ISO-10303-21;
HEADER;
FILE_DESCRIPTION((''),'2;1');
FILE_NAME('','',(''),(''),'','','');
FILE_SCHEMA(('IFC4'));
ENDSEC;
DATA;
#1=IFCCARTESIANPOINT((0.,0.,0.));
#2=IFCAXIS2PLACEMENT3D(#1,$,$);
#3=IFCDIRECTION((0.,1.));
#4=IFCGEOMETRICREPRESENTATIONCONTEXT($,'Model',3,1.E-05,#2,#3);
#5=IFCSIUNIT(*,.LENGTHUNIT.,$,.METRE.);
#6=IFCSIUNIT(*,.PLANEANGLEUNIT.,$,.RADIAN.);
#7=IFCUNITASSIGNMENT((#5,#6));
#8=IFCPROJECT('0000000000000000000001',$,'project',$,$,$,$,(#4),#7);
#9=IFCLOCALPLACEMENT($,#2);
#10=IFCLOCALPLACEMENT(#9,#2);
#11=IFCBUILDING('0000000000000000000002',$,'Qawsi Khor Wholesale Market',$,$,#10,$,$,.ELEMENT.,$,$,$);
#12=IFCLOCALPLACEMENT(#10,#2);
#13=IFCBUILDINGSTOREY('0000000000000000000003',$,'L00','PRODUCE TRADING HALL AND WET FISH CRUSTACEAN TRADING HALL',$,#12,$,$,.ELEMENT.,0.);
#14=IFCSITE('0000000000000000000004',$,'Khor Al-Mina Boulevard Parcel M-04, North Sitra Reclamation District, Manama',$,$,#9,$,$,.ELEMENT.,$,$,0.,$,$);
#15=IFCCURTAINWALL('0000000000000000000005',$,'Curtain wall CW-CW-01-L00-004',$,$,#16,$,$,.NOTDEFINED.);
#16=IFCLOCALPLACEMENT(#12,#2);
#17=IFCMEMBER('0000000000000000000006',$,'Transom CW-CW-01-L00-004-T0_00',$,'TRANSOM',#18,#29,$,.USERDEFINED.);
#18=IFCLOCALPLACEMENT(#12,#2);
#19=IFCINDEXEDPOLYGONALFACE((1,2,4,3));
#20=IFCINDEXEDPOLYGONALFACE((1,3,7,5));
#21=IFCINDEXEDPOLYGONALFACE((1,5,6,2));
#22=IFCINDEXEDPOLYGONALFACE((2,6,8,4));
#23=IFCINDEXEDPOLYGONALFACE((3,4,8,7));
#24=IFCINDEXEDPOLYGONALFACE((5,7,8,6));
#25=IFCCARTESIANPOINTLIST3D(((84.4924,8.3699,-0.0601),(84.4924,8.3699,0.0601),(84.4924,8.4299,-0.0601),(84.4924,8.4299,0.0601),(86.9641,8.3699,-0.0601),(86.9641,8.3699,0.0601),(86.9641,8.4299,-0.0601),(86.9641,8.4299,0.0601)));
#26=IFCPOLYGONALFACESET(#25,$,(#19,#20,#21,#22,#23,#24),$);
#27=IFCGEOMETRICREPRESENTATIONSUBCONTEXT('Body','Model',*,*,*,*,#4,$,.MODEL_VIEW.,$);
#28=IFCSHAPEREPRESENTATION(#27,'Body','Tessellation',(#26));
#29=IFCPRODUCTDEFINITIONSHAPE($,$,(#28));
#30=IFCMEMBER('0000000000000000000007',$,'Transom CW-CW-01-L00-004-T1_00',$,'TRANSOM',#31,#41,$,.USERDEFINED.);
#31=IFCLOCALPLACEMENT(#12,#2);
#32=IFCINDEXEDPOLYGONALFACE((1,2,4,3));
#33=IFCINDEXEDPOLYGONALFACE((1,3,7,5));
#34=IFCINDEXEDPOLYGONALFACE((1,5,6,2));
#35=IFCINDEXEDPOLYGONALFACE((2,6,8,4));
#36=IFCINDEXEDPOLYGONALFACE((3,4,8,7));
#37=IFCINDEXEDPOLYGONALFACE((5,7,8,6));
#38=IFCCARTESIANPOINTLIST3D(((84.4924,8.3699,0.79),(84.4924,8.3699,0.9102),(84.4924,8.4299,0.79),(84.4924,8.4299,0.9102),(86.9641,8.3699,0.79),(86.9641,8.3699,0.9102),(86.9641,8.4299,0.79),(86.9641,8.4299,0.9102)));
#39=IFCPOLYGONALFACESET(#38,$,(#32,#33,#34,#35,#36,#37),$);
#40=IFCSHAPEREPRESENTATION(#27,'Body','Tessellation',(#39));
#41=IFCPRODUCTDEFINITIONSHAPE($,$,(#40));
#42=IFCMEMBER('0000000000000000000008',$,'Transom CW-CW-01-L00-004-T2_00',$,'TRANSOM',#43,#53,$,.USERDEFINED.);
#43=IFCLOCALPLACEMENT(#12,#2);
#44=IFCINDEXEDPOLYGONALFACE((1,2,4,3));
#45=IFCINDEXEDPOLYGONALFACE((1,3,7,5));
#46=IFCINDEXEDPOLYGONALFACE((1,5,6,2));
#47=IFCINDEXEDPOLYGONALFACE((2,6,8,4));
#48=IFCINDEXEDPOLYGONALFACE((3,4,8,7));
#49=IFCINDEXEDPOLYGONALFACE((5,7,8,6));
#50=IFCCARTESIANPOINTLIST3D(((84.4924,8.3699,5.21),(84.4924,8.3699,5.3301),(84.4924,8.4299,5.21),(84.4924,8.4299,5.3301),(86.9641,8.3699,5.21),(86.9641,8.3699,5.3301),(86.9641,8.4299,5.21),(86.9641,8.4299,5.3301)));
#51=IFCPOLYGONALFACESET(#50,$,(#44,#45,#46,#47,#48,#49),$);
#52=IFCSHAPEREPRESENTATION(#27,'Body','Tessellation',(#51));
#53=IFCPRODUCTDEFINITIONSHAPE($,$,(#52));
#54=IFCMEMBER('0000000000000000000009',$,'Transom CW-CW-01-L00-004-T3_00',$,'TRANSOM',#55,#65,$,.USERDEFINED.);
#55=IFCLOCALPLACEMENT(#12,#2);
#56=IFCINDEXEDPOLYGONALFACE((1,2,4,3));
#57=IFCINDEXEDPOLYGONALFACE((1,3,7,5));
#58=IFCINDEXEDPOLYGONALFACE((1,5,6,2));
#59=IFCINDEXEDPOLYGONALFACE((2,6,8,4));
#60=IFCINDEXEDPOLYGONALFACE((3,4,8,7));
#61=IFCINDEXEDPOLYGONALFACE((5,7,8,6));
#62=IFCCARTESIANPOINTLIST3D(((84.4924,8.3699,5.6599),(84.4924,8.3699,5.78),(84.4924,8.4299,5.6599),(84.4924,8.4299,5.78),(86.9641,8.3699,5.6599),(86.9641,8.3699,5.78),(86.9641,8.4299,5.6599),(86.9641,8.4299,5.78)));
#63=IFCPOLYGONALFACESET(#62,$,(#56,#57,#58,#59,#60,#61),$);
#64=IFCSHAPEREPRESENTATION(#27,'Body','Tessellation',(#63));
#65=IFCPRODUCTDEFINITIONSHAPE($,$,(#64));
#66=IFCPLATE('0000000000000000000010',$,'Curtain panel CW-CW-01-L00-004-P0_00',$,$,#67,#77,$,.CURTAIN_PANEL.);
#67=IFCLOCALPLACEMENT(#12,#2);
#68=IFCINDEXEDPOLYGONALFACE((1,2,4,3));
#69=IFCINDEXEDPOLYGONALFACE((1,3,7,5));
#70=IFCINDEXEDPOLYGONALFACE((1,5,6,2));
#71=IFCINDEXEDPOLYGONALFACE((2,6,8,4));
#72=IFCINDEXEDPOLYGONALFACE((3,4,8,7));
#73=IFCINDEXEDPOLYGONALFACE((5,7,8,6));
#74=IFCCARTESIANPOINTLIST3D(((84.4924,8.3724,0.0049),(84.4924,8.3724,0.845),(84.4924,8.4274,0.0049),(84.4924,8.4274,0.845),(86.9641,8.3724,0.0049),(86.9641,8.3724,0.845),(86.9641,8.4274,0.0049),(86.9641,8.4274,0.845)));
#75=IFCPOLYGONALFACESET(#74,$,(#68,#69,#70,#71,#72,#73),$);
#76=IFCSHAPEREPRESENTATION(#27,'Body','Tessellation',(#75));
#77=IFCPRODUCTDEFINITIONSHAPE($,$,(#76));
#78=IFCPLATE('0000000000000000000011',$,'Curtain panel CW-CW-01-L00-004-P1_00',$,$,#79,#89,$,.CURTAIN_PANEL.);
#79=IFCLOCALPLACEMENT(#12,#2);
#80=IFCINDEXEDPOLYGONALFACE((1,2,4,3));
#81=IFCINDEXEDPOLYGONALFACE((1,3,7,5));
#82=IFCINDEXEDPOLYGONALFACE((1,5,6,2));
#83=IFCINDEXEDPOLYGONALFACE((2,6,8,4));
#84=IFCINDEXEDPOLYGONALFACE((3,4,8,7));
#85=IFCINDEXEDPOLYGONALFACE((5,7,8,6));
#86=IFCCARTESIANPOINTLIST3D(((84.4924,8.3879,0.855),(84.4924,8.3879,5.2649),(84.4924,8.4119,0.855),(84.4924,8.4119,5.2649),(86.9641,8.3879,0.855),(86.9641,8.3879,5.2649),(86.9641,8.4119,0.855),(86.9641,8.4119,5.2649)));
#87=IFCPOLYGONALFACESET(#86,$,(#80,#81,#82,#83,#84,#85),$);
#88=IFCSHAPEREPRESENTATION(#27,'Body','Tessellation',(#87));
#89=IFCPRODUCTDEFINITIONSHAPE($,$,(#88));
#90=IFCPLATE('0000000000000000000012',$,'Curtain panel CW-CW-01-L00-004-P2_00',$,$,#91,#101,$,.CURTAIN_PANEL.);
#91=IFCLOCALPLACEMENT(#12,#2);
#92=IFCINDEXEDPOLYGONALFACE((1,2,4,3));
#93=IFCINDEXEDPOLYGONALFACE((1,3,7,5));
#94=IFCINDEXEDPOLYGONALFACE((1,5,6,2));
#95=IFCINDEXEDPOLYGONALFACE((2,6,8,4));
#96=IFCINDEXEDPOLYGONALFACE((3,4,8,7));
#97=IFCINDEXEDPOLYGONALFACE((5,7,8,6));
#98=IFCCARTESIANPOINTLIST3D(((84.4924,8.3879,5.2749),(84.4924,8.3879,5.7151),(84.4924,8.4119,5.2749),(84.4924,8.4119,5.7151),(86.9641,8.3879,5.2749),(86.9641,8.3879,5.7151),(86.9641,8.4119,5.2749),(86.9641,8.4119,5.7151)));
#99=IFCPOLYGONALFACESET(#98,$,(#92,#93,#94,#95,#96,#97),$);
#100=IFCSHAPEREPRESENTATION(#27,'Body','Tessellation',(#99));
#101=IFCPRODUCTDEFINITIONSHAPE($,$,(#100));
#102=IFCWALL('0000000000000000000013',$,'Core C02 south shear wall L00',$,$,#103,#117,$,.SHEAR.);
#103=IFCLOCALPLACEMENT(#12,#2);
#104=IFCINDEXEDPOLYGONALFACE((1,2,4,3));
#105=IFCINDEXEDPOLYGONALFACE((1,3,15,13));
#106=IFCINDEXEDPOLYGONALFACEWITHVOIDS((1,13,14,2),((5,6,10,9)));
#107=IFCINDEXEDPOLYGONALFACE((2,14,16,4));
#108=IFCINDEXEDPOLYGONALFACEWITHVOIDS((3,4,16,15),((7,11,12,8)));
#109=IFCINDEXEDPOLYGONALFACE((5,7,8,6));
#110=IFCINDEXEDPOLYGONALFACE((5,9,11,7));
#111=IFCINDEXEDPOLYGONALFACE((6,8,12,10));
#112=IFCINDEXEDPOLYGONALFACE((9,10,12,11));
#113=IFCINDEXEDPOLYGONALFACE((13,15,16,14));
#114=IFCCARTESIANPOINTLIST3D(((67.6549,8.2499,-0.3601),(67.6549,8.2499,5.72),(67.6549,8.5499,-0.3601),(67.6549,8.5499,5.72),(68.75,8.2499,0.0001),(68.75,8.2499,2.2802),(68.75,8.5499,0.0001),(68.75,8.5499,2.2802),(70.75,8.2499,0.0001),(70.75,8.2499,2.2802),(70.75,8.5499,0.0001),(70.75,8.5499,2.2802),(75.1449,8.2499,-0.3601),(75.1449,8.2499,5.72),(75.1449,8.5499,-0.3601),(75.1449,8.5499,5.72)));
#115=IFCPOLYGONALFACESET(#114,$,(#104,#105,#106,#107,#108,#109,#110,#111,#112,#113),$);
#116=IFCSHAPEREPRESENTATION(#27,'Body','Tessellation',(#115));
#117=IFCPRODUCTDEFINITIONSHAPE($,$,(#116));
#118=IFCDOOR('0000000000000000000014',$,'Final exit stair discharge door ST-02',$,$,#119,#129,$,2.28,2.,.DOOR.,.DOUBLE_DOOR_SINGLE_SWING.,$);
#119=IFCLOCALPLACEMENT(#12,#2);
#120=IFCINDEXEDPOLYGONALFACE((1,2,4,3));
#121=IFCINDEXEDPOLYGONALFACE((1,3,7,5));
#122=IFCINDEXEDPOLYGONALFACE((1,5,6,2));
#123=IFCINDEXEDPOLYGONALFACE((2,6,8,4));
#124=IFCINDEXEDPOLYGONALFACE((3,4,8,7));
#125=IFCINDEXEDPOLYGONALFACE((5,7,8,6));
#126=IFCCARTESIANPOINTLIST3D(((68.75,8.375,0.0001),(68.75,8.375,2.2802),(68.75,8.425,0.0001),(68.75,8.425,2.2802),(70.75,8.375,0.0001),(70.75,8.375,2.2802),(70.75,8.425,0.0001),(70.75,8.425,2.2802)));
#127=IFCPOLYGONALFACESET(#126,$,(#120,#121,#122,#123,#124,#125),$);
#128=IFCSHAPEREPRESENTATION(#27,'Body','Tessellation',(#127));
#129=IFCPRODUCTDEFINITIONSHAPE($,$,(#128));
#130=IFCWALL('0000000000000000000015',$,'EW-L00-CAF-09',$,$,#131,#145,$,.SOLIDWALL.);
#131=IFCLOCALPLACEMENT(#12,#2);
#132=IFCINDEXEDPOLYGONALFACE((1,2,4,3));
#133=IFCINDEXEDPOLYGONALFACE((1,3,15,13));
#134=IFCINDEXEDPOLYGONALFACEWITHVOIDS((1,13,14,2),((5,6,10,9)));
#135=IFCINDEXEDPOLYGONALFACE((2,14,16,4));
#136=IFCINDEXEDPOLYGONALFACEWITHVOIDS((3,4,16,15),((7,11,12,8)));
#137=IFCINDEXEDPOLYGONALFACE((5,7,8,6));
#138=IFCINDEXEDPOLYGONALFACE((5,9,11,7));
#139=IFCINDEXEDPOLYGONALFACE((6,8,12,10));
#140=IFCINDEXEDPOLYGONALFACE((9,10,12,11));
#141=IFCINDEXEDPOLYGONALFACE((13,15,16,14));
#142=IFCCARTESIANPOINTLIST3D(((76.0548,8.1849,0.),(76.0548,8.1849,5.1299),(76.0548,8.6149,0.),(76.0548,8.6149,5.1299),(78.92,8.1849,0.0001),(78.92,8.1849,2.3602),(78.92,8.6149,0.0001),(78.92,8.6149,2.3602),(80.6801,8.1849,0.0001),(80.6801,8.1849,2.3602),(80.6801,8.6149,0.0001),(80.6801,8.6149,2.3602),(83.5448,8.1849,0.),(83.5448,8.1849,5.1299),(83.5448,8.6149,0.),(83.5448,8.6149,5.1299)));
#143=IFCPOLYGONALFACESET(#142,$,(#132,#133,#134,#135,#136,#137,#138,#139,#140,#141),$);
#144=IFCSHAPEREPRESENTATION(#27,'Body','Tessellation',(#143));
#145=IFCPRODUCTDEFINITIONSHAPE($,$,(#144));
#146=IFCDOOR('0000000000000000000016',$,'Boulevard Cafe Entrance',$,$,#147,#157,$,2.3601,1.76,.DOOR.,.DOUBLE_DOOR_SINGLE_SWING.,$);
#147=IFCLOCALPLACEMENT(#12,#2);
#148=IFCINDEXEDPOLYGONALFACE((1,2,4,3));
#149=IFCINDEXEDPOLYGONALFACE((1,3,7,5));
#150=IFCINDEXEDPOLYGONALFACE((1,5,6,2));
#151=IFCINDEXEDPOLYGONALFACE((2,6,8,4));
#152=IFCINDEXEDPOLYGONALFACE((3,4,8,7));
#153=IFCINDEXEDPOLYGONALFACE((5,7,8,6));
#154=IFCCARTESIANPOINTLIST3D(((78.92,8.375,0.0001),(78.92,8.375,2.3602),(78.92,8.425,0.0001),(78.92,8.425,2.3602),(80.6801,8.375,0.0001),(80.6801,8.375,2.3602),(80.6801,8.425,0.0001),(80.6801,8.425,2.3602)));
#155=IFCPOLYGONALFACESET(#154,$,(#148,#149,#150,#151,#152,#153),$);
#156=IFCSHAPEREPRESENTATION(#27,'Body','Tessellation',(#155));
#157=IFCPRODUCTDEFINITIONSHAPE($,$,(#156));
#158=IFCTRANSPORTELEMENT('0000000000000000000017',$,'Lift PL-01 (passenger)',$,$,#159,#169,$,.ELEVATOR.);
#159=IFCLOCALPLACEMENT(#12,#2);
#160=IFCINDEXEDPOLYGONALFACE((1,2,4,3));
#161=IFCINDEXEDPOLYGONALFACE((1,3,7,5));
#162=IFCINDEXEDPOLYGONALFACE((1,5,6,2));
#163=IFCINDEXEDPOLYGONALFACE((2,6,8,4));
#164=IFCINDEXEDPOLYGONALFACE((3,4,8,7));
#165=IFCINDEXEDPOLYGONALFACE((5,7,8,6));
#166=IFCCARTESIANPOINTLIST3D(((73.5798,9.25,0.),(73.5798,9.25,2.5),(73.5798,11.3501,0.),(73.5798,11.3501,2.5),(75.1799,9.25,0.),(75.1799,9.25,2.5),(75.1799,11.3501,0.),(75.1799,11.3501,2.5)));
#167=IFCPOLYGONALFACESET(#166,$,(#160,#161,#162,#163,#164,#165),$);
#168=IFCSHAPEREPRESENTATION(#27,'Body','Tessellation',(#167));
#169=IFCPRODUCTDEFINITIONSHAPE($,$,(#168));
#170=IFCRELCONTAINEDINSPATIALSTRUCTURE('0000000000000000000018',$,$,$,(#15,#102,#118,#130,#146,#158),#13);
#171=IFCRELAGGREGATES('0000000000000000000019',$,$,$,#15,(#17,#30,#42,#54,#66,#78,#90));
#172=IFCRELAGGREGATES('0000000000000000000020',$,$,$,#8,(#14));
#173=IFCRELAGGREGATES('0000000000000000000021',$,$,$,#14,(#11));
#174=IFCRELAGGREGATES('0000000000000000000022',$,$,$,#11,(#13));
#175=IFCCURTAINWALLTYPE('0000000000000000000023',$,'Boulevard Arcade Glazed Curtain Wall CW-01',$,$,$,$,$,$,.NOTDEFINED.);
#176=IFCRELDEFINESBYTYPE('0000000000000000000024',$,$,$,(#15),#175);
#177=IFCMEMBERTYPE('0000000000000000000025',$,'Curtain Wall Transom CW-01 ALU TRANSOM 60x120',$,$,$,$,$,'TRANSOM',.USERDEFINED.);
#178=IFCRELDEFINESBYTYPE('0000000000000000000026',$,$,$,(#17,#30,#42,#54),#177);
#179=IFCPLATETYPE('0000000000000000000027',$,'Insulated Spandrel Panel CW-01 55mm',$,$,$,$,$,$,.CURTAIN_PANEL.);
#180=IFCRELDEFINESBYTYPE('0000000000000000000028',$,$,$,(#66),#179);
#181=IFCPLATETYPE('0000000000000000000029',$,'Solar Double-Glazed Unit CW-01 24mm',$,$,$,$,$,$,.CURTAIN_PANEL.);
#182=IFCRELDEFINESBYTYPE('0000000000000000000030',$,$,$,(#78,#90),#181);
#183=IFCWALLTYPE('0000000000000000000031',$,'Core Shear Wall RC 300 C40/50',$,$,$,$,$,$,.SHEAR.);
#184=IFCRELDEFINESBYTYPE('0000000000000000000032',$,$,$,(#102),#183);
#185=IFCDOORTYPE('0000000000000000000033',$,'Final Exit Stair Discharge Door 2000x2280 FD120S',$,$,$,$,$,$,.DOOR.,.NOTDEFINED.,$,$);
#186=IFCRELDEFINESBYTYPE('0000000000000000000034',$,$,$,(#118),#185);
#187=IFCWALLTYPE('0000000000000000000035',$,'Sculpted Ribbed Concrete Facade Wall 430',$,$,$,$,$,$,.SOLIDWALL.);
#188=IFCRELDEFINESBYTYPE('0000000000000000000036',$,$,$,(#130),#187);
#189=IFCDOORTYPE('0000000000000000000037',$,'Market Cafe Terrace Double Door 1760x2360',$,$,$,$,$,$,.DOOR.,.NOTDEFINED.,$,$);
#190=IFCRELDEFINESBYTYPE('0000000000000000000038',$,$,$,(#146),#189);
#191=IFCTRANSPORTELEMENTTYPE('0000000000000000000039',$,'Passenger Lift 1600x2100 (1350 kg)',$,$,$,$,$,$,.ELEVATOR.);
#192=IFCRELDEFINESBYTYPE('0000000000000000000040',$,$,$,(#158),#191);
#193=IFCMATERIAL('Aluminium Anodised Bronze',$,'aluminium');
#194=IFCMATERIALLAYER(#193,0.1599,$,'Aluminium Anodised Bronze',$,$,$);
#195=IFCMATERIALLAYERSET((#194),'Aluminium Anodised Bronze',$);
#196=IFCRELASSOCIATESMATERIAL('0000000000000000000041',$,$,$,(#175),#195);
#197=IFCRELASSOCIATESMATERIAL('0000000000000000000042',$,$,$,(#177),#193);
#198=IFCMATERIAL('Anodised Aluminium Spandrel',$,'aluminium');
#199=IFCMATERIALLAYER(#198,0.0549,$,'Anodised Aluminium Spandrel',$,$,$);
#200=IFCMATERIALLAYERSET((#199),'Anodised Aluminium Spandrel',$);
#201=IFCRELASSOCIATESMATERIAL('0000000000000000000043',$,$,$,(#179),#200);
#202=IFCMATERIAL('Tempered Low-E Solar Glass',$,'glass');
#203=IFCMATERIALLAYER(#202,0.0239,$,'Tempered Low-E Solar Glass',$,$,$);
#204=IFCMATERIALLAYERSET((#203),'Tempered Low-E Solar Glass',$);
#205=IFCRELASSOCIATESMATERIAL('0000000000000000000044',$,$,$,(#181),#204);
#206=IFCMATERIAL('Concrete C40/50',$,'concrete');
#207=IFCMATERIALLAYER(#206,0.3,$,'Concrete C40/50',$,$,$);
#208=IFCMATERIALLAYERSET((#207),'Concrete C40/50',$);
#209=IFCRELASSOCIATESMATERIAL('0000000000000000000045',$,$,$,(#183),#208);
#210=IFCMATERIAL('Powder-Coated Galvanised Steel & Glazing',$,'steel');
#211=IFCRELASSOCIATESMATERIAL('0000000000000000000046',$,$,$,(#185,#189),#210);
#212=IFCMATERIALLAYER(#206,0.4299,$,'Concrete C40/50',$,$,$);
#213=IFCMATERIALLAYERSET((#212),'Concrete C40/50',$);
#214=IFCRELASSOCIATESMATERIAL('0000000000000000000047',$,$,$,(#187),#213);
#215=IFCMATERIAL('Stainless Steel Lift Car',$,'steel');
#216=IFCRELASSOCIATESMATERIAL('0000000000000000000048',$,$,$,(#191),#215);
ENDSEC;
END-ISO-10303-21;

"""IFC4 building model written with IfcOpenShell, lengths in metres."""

from ifc_helpers import new_model, si_unit, direction, frame, frame_2d, origin, origin_2d, place, context, subcontext, project, spatial, rectangle, extrude, material, layer, layer_set, material_profile, profile_set, type_object, element, fill, aggregate, save


model = new_model("IFC4")

# Units and contexts
model_context = context("Model", 3, precision=1e-05, world=origin(), true_north=direction((0.0, 1.0)))
body_context = subcontext(model_context, "Body", "Model", "MODEL_VIEW")
ifc_project = project(units=[si_unit("LENGTHUNIT", "METRE"), si_unit("PLANEANGLEUNIT", "RADIAN")], contexts=[model_context])

# Site, building, storey
site_placement = place(None, origin())
site = spatial("IfcSite", under=ifc_project, at=site_placement, Name="Khor Al-Mina Boulevard Parcel M-04, North Sitra Reclamation District, Manama", CompositionType="ELEMENT", RefElevation=0.0)
building_placement = place(site_placement, origin())
building = spatial("IfcBuilding", under=site, at=building_placement, Name="Qawsi Khor Wholesale Market", CompositionType="ELEMENT")
storey_placement = place(building_placement, origin())
storey = spatial("IfcBuildingStorey", under=building, at=storey_placement, Name="L00", Description="PRODUCE TRADING HALL AND WET FISH CRUSTACEAN TRADING HALL", CompositionType="ELEMENT", Elevation=0.0)

# Shared definitions
ifc_material_1 = material(Name="Concrete C40/50", Category="concrete")

# Curtain wall, members, plates
ifc_material_2 = material(Name="Aluminium Anodised Bronze", Category="aluminium")
ifc_layer_1 = layer(ifc_material_2, 0.1599, Name="Aluminium Anodised Bronze")
ifc_layer_set_1 = layer_set([ifc_layer_1], Name="Aluminium Anodised Bronze")
curtain_wall_type = type_object("IfcCurtainWallType", Name="Boulevard Arcade Glazed Curtain Wall CW-01", PredefinedType="NOTDEFINED", material=ifc_layer_set_1)
curtain_wall_placement = place(storey_placement, origin())
curtain_wall = element("IfcCurtainWall", 1, at=curtain_wall_placement, inside=storey, type_object=curtain_wall_type, Name="Curtain wall CW-CW-01-L00-004", PredefinedType="NOTDEFINED")
ifc_material_profile_1 = material_profile(ifc_material_2, rectangle(XDim=0.0601, YDim=0.1201, at=origin_2d()), Name="ALU TRANSOM 60x120")
ifc_profile_set_1 = profile_set([ifc_material_profile_1], Name="Aluminium Anodised Bronze")
member_type_1 = type_object("IfcMemberType", Name="Curtain Wall Transom CW-01 ALU TRANSOM 60x120", ElementType="TRANSOM", PredefinedType="USERDEFINED", material=ifc_profile_set_1)
member_1_placement = place(storey_placement, frame((84.4924, 8.3999, 0.0), z_axis=(1.0, 0.0, 0.0), x_axis=(0.0, 1.0, 0.0)))
member_1 = element("IfcMember", 2, at=member_1_placement, type_object=member_type_1, Name="Transom CW-CW-01-L00-004-T0_00", ObjectType="TRANSOM", PredefinedType="USERDEFINED", context=body_context, shape_type="SweptSolid", body=[
    extrude(rectangle(XDim=0.0601, YDim=0.1201, at=origin_2d()), origin(), (0.0, 0.0, 1.0), 2.4717),
])
member_2_placement = place(storey_placement, frame((84.4924, 8.3999, 0.8501), z_axis=(1.0, 0.0, 0.0), x_axis=(0.0, 1.0, 0.0)))
member_2 = element("IfcMember", 3, at=member_2_placement, type_object=member_type_1, Name="Transom CW-CW-01-L00-004-T1_00", ObjectType="TRANSOM", PredefinedType="USERDEFINED", context=body_context, shape_type="SweptSolid", body=[
    extrude(rectangle(XDim=0.0601, YDim=0.1201, at=origin_2d()), origin(), (0.0, 0.0, 1.0), 2.4717),
])
member_3_placement = place(storey_placement, frame((84.4924, 8.3999, 5.27), z_axis=(1.0, 0.0, 0.0), x_axis=(0.0, 1.0, 0.0)))
member_3 = element("IfcMember", 4, at=member_3_placement, type_object=member_type_1, Name="Transom CW-CW-01-L00-004-T2_00", ObjectType="TRANSOM", PredefinedType="USERDEFINED", context=body_context, shape_type="SweptSolid", body=[
    extrude(rectangle(XDim=0.0601, YDim=0.1201, at=origin_2d()), origin(), (0.0, 0.0, 1.0), 2.4717),
])
member_4_placement = place(storey_placement, frame((84.4924, 8.3999, 5.72), z_axis=(1.0, 0.0, 0.0), x_axis=(0.0, 1.0, 0.0)))
member_4 = element("IfcMember", 5, at=member_4_placement, type_object=member_type_1, Name="Transom CW-CW-01-L00-004-T3_00", ObjectType="TRANSOM", PredefinedType="USERDEFINED", context=body_context, shape_type="SweptSolid", body=[
    extrude(rectangle(XDim=0.0601, YDim=0.1201, at=origin_2d()), origin(), (0.0, 0.0, 1.0), 2.4717),
])
ifc_material_3 = material(Name="Anodised Aluminium Spandrel", Category="aluminium")
ifc_layer_2 = layer(ifc_material_3, 0.0549, Name="Anodised Aluminium Spandrel")
ifc_layer_set_2 = layer_set([ifc_layer_2], Name="Anodised Aluminium Spandrel")
plate_type_1 = type_object("IfcPlateType", Name="Insulated Spandrel Panel CW-01 55mm", PredefinedType="CURTAIN_PANEL", material=ifc_layer_set_2)
plate_1_placement = place(storey_placement, frame((84.4924, 8.3999, 0.0049), z_axis=(0.0, 0.0, 1.0), x_axis=(1.0, 0.0, 0.0)))
plate_1 = element("IfcPlate", 6, at=plate_1_placement, type_object=plate_type_1, Name="Curtain panel CW-CW-01-L00-004-P0_00", PredefinedType="CURTAIN_PANEL", context=body_context, shape_type="SweptSolid", body=[
    extrude(rectangle(XDim=2.4717, YDim=0.0549, at=frame_2d((1.2358, 0.0))), origin(), (0.0, 0.0, 1.0), 0.8401),
])
ifc_material_4 = material(Name="Tempered Low-E Solar Glass", Category="glass")
ifc_layer_3 = layer(ifc_material_4, 0.0239, Name="Tempered Low-E Solar Glass")
ifc_layer_set_3 = layer_set([ifc_layer_3], Name="Tempered Low-E Solar Glass")
plate_type_2 = type_object("IfcPlateType", Name="Solar Double-Glazed Unit CW-01 24mm", PredefinedType="CURTAIN_PANEL", material=ifc_layer_set_3)
plate_2_placement = place(storey_placement, frame((84.4924, 8.3999, 0.855), z_axis=(0.0, 0.0, 1.0), x_axis=(1.0, 0.0, 0.0)))
plate_2 = element("IfcPlate", 7, at=plate_2_placement, type_object=plate_type_2, Name="Curtain panel CW-CW-01-L00-004-P1_00", PredefinedType="CURTAIN_PANEL", context=body_context, shape_type="SweptSolid", body=[
    extrude(rectangle(XDim=2.4717, YDim=0.0239, at=frame_2d((1.2358, 0.0))), origin(), (0.0, 0.0, 1.0), 4.4099),
])
plate_3_placement = place(storey_placement, frame((84.4924, 8.3999, 5.2749), z_axis=(0.0, 0.0, 1.0), x_axis=(1.0, 0.0, 0.0)))
plate_3 = element("IfcPlate", 8, at=plate_3_placement, type_object=plate_type_2, Name="Curtain panel CW-CW-01-L00-004-P2_00", PredefinedType="CURTAIN_PANEL", context=body_context, shape_type="SweptSolid", body=[
    extrude(rectangle(XDim=2.4717, YDim=0.0239, at=frame_2d((1.2358, 0.0))), origin(), (0.0, 0.0, 1.0), 0.4402),
])
aggregate(curtain_wall, [member_1, member_2, member_3, member_4, plate_1, plate_2, plate_3])

# Walls, openings, doors
ifc_layer_4 = layer(ifc_material_1, 0.3, Name="Concrete C40/50")
ifc_layer_set_4 = layer_set([ifc_layer_4], Name="Concrete C40/50")
wall_type_1 = type_object("IfcWallType", Name="Core Shear Wall RC 300 C40/50", PredefinedType="SHEAR", material=ifc_layer_set_4)
wall_1_placement = place(storey_placement, frame((75.145, 8.3999, -0.3601), z_axis=(0.0, 0.0, 1.0), x_axis=(-1.0, 0.0, 0.0)))
wall_1 = element("IfcWall", 9, at=wall_1_placement, inside=storey, type_object=wall_type_1, Name="Core C02 south shear wall L00", PredefinedType="SHEAR", context=body_context, shape_type="SweptSolid", body=[
    extrude(rectangle(XDim=7.49, YDim=0.3, at=frame_2d((3.7451, 0.0))), origin(), (0.0, 0.0, 1.0), 6.0801),
])
opening_1_placement = place(wall_1_placement, frame((4.395, 0.0, 0.3601)))
opening_1 = element("IfcOpeningElement", 10, at=opening_1_placement, cuts=wall_1, PredefinedType="OPENING", context=body_context, shape_type="SweptSolid", body=[
    extrude(rectangle(XDim=2.0, YDim=2.28, at=frame_2d((1.0, 1.1401))), frame((0.0, 0.1599, 0.0), z_axis=(0.0, -1.0, 0.0), x_axis=(1.0, 0.0, 0.0)), (0.0, 0.0, 1.0), 0.3201),
])
ifc_material_5 = material(Name="Powder-Coated Galvanised Steel & Glazing", Category="steel")
door_type_1 = type_object("IfcDoorType", Name="Final Exit Stair Discharge Door 2000x2280 FD120S", OperationType="NOTDEFINED", PredefinedType="DOOR", material=ifc_material_5)
door_1_placement = place(opening_1_placement, origin())
door_1 = element("IfcDoor", 11, at=door_1_placement, inside=storey, type_object=door_type_1, Name="Final exit stair discharge door ST-02", OperationType="DOUBLE_DOOR_SINGLE_SWING", OverallHeight=2.28, OverallWidth=2.0, PredefinedType="DOOR", context=body_context, shape_type="SweptSolid", body=[
    extrude(rectangle(XDim=2.0, YDim=2.28, at=frame_2d((1.0, 1.1401))), frame((0.0, 0.0249, 0.0), z_axis=(0.0, -1.0, 0.0), x_axis=(1.0, 0.0, 0.0)), (0.0, 0.0, 1.0), 0.05),
])
fill(opening_1, door_1)
ifc_layer_5 = layer(ifc_material_1, 0.4299, Name="Concrete C40/50")
ifc_layer_set_5 = layer_set([ifc_layer_5], Name="Concrete C40/50")
wall_type_2 = type_object("IfcWallType", Name="Sculpted Ribbed Concrete Facade Wall 430", PredefinedType="SOLIDWALL", material=ifc_layer_set_5)
wall_2_placement = place(storey_placement, frame((83.5449, 8.3999, 0.0), z_axis=(0.0, 0.0, 1.0), x_axis=(-1.0, 0.0, 0.0)))
wall_2 = element("IfcWall", 12, at=wall_2_placement, inside=storey, type_object=wall_type_2, Name="EW-L00-CAF-09", PredefinedType="SOLIDWALL", context=body_context, shape_type="SweptSolid", body=[
    extrude(rectangle(XDim=7.49, YDim=0.4299, at=frame_2d((3.7451, 0.0))), origin(), (0.0, 0.0, 1.0), 5.1299),
])
opening_2_placement = place(wall_2_placement, frame((2.865, 0.0, 0.0)))
opening_2 = element("IfcOpeningElement", 13, at=opening_2_placement, cuts=wall_2, PredefinedType="OPENING", context=body_context, shape_type="SweptSolid", body=[
    extrude(rectangle(XDim=1.76, YDim=2.3601, at=frame_2d((0.8799, 1.1802))), frame((0.0, 0.2249, 0.0), z_axis=(0.0, -1.0, 0.0), x_axis=(1.0, 0.0, 0.0)), (0.0, 0.0, 1.0), 0.45),
])
door_type_2 = type_object("IfcDoorType", Name="Market Cafe Terrace Double Door 1760x2360", OperationType="NOTDEFINED", PredefinedType="DOOR", material=ifc_material_5)
door_2_placement = place(opening_2_placement, origin())
door_2 = element("IfcDoor", 14, at=door_2_placement, inside=storey, type_object=door_type_2, Name="Boulevard Cafe Entrance", OperationType="DOUBLE_DOOR_SINGLE_SWING", OverallHeight=2.3601, OverallWidth=1.76, PredefinedType="DOOR", context=body_context, shape_type="SweptSolid", body=[
    extrude(rectangle(XDim=1.76, YDim=2.3601, at=frame_2d((0.8799, 1.1802))), frame((0.0, 0.0249, 0.0), z_axis=(0.0, -1.0, 0.0), x_axis=(1.0, 0.0, 0.0)), (0.0, 0.0, 1.0), 0.05),
])
fill(opening_2, door_2)

# Transport element
ifc_material_6 = material(Name="Stainless Steel Lift Car", Category="steel")
transport_element_type = type_object("IfcTransportElementType", Name="Passenger Lift 1600x2100 (1350 kg)", PredefinedType="ELEVATOR", material=ifc_material_6)
transport_element_placement = place(storey_placement, frame((74.3799, 10.3, 0.0), z_axis=(0.0, 0.0, 1.0), x_axis=(1.0, 0.0, 0.0)))
element("IfcTransportElement", 15, at=transport_element_placement, inside=storey, type_object=transport_element_type, Name="Lift PL-01 (passenger)", PredefinedType="ELEVATOR", context=body_context, shape_type="SweptSolid", body=[
    extrude(rectangle(XDim=1.6001, YDim=2.1001, at=origin_2d()), origin(), (0.0, 0.0, 1.0), 2.5),
])

save(model, "model.ifc")
